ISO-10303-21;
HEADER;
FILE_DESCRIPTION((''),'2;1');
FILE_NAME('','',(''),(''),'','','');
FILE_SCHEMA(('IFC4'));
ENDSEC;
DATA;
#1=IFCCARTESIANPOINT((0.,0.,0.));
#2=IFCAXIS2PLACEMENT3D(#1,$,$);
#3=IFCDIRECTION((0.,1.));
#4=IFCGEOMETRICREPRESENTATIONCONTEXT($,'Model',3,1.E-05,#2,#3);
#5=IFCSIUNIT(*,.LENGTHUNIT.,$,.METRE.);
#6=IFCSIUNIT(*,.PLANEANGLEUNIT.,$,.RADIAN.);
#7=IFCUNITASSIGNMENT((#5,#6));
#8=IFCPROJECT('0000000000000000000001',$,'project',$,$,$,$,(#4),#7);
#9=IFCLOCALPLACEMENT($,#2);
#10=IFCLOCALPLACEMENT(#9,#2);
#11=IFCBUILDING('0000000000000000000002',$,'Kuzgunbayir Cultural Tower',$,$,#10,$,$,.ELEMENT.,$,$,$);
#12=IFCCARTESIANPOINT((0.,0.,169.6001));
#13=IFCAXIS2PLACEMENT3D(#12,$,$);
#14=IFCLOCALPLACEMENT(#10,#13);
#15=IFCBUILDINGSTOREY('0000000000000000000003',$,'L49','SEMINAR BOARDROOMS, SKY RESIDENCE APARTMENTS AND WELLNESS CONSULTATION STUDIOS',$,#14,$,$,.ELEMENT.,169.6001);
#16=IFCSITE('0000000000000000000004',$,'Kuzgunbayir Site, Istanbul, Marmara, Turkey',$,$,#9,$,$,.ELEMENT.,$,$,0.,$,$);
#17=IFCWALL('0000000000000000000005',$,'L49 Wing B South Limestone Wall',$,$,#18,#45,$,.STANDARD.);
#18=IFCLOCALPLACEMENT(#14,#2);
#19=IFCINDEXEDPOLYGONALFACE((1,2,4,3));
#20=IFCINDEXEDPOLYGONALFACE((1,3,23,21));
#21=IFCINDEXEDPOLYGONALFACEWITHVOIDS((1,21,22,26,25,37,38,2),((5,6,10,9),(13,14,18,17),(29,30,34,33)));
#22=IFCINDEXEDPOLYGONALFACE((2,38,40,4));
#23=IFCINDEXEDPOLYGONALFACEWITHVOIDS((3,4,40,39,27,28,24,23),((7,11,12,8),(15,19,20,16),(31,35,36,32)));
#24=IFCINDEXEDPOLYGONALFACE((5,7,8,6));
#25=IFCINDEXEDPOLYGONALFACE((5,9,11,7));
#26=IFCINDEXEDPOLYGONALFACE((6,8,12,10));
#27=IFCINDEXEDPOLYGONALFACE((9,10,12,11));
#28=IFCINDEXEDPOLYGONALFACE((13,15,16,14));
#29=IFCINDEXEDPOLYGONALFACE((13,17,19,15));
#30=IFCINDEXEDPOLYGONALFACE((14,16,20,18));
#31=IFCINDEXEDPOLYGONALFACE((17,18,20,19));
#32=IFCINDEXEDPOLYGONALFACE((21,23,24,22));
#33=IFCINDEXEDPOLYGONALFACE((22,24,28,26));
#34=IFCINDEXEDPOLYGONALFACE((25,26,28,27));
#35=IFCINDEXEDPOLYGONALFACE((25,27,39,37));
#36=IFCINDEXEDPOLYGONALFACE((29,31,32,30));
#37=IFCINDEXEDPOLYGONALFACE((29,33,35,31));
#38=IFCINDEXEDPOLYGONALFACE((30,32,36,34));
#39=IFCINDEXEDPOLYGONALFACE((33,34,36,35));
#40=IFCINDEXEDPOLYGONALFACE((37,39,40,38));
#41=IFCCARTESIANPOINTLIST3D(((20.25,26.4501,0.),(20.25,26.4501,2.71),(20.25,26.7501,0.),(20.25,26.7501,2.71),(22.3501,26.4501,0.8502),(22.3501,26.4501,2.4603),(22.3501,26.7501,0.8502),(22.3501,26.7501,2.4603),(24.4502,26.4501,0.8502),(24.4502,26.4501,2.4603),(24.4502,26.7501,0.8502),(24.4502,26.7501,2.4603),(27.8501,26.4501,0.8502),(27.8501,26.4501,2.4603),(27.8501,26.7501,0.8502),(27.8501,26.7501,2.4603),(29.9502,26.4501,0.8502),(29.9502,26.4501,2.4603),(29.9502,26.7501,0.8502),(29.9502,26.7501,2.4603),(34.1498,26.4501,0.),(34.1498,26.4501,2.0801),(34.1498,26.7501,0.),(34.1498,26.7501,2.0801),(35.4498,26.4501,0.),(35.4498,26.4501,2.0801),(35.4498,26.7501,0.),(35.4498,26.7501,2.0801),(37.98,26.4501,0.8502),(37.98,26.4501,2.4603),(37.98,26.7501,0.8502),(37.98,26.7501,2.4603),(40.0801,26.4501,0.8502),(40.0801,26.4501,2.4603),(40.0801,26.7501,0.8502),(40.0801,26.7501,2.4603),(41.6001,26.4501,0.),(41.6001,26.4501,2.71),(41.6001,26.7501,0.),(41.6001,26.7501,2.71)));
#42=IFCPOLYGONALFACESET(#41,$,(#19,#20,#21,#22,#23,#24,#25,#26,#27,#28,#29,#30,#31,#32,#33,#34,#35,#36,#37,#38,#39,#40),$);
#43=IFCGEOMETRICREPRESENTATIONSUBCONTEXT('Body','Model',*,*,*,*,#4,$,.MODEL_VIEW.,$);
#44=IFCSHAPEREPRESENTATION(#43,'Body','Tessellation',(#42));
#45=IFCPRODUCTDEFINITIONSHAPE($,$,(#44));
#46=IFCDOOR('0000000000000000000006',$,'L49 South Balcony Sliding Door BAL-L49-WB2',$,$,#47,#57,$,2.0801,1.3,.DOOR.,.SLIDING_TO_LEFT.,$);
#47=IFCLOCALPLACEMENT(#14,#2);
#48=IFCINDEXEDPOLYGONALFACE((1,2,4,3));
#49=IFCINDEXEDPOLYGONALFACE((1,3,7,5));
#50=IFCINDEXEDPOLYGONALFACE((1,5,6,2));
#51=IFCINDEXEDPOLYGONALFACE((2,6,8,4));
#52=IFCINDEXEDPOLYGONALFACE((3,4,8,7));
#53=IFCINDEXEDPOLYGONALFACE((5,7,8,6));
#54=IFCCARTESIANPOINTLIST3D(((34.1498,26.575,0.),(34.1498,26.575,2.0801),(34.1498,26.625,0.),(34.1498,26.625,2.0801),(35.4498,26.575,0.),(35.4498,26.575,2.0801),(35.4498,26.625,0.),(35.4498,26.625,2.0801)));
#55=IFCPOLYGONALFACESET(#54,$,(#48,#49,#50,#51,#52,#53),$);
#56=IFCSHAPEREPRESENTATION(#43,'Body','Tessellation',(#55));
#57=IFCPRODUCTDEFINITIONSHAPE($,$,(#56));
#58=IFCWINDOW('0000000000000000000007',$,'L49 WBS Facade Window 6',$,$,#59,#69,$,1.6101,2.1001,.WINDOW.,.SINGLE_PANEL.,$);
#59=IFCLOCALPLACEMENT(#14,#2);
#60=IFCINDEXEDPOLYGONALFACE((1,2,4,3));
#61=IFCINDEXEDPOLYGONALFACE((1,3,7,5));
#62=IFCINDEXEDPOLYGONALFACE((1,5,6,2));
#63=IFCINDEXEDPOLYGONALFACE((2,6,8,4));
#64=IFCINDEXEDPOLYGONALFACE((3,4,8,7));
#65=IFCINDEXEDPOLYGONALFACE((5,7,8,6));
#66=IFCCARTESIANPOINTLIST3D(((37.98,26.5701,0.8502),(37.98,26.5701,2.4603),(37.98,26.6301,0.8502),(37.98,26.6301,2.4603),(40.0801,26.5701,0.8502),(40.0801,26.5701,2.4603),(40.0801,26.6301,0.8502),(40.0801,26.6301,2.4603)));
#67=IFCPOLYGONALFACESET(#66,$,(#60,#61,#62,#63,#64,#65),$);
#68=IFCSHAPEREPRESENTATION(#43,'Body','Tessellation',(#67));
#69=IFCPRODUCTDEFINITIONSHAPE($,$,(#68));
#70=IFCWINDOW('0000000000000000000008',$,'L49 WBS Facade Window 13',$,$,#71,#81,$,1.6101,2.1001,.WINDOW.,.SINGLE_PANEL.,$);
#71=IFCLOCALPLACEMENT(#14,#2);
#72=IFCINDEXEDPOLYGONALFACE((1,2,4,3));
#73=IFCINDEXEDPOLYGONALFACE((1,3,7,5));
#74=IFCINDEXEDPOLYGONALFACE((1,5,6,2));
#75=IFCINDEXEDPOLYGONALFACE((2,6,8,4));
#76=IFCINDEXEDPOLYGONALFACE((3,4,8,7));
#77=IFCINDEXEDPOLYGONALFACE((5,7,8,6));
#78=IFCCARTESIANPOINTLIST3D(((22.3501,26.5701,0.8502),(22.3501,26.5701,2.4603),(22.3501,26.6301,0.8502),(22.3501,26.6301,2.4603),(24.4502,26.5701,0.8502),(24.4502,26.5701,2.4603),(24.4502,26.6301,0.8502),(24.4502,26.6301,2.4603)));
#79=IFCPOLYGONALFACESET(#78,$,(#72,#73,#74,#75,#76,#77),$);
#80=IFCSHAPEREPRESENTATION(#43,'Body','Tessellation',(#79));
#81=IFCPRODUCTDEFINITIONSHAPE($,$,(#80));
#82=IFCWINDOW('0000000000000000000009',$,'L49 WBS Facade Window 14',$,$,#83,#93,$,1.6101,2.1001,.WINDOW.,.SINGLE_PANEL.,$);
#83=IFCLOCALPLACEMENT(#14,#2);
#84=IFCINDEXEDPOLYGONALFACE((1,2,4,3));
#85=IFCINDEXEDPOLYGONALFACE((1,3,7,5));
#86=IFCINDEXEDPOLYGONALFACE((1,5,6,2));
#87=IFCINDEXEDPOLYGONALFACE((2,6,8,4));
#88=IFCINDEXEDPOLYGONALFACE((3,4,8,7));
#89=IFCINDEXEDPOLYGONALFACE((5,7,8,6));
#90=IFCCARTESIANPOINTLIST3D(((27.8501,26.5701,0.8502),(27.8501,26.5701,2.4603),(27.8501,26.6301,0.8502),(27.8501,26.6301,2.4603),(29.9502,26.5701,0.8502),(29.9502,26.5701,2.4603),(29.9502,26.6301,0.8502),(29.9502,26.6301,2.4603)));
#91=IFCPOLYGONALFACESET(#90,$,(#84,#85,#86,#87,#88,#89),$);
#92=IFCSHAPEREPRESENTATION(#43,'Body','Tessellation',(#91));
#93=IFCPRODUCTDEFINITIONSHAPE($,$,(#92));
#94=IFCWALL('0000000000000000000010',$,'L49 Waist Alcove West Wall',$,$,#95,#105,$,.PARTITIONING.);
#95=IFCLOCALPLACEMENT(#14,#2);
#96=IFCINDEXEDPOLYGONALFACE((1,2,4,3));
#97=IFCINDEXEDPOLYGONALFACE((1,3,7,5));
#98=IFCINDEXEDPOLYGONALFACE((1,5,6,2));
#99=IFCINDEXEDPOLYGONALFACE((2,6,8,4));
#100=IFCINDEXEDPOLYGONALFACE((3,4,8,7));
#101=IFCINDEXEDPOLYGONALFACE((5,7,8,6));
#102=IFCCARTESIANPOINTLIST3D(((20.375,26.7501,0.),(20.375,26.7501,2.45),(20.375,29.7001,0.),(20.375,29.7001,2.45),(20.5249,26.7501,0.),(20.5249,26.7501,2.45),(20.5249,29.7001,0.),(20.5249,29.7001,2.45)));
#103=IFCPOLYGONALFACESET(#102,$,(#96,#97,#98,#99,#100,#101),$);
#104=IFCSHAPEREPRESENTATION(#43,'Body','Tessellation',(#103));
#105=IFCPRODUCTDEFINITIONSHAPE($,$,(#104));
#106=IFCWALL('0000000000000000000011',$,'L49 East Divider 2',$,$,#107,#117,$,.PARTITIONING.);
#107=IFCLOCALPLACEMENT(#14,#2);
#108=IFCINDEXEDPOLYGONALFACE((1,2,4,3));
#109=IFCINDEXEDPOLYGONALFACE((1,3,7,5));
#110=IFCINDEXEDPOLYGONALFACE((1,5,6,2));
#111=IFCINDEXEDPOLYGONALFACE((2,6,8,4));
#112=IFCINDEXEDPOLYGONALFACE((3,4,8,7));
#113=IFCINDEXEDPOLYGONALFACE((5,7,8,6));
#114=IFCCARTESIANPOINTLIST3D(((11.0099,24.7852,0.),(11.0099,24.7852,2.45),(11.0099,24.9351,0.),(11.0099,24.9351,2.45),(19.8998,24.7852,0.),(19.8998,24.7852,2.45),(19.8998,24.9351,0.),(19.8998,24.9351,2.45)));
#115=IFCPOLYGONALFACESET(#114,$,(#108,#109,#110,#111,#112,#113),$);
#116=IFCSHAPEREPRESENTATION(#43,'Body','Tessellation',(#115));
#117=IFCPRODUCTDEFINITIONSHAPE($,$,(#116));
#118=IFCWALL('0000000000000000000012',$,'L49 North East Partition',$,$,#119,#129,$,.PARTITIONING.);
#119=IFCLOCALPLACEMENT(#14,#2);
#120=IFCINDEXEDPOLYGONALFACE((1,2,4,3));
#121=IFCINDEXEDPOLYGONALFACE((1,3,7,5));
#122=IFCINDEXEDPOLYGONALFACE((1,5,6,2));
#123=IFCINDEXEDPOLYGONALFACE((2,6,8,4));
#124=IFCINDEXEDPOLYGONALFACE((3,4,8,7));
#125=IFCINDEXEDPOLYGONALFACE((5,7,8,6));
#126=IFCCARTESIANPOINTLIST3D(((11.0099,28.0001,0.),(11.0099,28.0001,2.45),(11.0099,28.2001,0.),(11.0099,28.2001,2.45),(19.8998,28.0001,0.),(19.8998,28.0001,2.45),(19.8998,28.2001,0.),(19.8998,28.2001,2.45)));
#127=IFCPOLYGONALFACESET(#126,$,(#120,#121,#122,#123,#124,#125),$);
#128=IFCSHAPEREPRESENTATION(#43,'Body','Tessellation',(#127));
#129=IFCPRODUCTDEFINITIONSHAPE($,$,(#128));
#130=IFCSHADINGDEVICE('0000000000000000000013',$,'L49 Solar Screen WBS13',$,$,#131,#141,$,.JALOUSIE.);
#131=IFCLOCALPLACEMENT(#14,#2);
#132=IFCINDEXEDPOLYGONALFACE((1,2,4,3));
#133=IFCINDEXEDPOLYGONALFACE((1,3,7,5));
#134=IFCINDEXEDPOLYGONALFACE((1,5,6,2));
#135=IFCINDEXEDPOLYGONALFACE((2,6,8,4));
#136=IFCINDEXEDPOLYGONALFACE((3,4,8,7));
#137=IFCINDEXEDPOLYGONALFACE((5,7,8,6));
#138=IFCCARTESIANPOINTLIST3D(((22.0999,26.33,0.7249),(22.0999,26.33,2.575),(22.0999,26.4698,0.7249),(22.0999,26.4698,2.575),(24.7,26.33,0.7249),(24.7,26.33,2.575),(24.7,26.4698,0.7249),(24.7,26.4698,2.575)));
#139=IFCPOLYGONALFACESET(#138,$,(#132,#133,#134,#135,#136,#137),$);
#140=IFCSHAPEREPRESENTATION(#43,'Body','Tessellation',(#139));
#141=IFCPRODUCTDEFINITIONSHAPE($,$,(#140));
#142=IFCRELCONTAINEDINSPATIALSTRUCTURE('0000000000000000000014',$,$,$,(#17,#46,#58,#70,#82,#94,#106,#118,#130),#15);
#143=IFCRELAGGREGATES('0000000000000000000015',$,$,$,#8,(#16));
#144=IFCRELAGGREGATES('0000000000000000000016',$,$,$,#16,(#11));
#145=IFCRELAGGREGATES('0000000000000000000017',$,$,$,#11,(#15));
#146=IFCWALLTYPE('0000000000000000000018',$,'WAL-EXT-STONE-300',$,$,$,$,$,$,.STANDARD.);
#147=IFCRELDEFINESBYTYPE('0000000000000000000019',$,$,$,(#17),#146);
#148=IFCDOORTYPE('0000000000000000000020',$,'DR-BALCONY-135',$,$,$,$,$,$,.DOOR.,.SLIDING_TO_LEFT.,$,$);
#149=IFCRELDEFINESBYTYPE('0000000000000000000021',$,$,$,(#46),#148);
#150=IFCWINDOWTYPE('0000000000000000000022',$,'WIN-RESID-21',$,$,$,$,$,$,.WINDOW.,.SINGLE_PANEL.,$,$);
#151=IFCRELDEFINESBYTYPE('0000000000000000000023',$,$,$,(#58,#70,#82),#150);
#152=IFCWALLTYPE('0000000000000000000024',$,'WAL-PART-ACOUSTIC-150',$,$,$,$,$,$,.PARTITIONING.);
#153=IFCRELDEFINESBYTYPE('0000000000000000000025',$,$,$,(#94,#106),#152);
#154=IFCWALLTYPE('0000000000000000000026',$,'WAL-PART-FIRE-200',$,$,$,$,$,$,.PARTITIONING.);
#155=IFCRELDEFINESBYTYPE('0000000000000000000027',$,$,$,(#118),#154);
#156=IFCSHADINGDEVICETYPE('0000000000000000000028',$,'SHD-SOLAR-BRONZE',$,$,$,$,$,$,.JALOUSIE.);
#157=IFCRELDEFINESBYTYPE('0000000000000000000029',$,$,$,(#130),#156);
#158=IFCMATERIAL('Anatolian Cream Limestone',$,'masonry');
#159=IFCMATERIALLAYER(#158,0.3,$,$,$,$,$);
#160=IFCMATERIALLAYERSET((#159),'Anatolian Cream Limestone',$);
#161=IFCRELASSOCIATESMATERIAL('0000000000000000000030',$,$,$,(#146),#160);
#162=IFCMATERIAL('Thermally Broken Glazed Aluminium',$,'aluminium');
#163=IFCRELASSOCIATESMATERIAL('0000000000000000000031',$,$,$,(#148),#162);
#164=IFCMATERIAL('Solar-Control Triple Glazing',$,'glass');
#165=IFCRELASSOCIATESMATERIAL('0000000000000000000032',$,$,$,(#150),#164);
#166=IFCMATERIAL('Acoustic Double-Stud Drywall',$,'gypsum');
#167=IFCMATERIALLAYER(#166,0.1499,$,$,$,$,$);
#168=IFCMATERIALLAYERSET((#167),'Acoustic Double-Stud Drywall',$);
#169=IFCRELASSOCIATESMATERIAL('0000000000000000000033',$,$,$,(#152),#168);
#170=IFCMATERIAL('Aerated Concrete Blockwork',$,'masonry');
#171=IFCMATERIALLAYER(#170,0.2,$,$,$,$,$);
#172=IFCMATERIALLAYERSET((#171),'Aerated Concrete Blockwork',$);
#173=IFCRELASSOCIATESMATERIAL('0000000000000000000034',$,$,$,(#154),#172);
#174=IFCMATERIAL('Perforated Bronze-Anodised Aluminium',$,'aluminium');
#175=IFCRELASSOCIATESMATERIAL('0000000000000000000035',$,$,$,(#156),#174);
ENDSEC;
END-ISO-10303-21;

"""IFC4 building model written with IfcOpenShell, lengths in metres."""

from ifc_helpers import new_model, si_unit, direction, frame, frame_2d, origin, origin_2d, place, context, subcontext, project, spatial, rectangle, extrude, material, layer, layer_set, type_object, element, fill, save


model = new_model("IFC4")

# Units and contexts
model_context = context("Model", 3, precision=1e-05, world=origin(), true_north=direction((0.0, 1.0)))
body_context = subcontext(model_context, "Body", "Model", "MODEL_VIEW")
ifc_project = project(units=[si_unit("LENGTHUNIT", "METRE"), si_unit("PLANEANGLEUNIT", "RADIAN")], contexts=[model_context])

# Site, building, storey
site_placement = place(None, origin())
site = spatial("IfcSite", under=ifc_project, at=site_placement, Name="Kuzgunbayir Site, Istanbul, Marmara, Turkey", CompositionType="ELEMENT", RefElevation=0.0)
building_placement = place(site_placement, origin())
building = spatial("IfcBuilding", under=site, at=building_placement, Name="Kuzgunbayir Cultural Tower", CompositionType="ELEMENT")
storey_placement = place(building_placement, frame((0.0, 0.0, 169.6001)))
storey = spatial("IfcBuildingStorey", under=building, at=storey_placement, Name="L49", Description="SEMINAR BOARDROOMS, SKY RESIDENCE APARTMENTS AND WELLNESS CONSULTATION STUDIOS", CompositionType="ELEMENT", Elevation=169.6001)

# Wall, openings, door, windows
ifc_material_1 = material(Name="Anatolian Cream Limestone", Category="masonry")
ifc_layer_1 = layer(ifc_material_1, 0.3)
ifc_layer_set_1 = layer_set([ifc_layer_1], Name="Anatolian Cream Limestone")
wall_type_1 = type_object("IfcWallType", Name="WAL-EXT-STONE-300", PredefinedType="STANDARD", material=ifc_layer_set_1)
wall_1_placement = place(storey_placement, frame((20.25, 26.6001, 0.0), z_axis=(0.0, 0.0, 1.0), x_axis=(1.0, 0.0, 0.0)))
wall_1 = element("IfcWall", 1, at=wall_1_placement, inside=storey, type_object=wall_type_1, Name="L49 Wing B South Limestone Wall", PredefinedType="STANDARD", context=body_context, shape_type="SweptSolid", body=[
    extrude(rectangle(XDim=21.3501, YDim=0.3, at=frame_2d((10.675, 0.0))), origin(), (0.0, 0.0, 1.0), 2.71),
])
opening_1_placement = place(wall_1_placement, frame((13.8999, 0.0, 0.0)))
opening_1 = element("IfcOpeningElement", 2, at=opening_1_placement, cuts=wall_1, PredefinedType="OPENING", context=body_context, shape_type="SweptSolid", body=[
    extrude(rectangle(XDim=1.3, YDim=2.0801, at=frame_2d((0.6499, 1.04))), frame((0.0, 0.1602, 0.0), z_axis=(0.0, -1.0, 0.0), x_axis=(1.0, 0.0, 0.0)), (0.0, 0.0, 1.0), 0.3201),
])
opening_2_placement = place(wall_1_placement, frame((17.73, 0.0, 0.8501)))
opening_2 = element("IfcOpeningElement", 3, at=opening_2_placement, cuts=wall_1, PredefinedType="OPENING", context=body_context, shape_type="SweptSolid", body=[
    extrude(rectangle(XDim=2.1001, YDim=1.6101, at=frame_2d((1.05, 0.8052))), frame((0.0, 0.1602, 0.0), z_axis=(0.0, -1.0, 0.0), x_axis=(1.0, 0.0, 0.0)), (0.0, 0.0, 1.0), 0.3201),
])
opening_3_placement = place(wall_1_placement, frame((2.1001, 0.0, 0.8501)))
opening_3 = element("IfcOpeningElement", 4, at=opening_3_placement, cuts=wall_1, PredefinedType="OPENING", context=body_context, shape_type="SweptSolid", body=[
    extrude(rectangle(XDim=2.1001, YDim=1.6101, at=frame_2d((1.05, 0.8052))), frame((0.0, 0.1602, 0.0), z_axis=(0.0, -1.0, 0.0), x_axis=(1.0, 0.0, 0.0)), (0.0, 0.0, 1.0), 0.3201),
])
opening_4_placement = place(wall_1_placement, frame((7.6001, 0.0, 0.8501)))
opening_4 = element("IfcOpeningElement", 5, at=opening_4_placement, cuts=wall_1, PredefinedType="OPENING", context=body_context, shape_type="SweptSolid", body=[
    extrude(rectangle(XDim=2.1001, YDim=1.6101, at=frame_2d((1.05, 0.8052))), frame((0.0, 0.1602, 0.0), z_axis=(0.0, -1.0, 0.0), x_axis=(1.0, 0.0, 0.0)), (0.0, 0.0, 1.0), 0.3201),
])
ifc_material_2 = material(Name="Thermally Broken Glazed Aluminium", Category="aluminium")
door_type = type_object("IfcDoorType", Name="DR-BALCONY-135", OperationType="SLIDING_TO_LEFT", PredefinedType="DOOR", material=ifc_material_2)
door_placement = place(opening_1_placement, origin())
door = element("IfcDoor", 6, at=door_placement, inside=storey, type_object=door_type, Name="L49 South Balcony Sliding Door BAL-L49-WB2", OperationType="SLIDING_TO_LEFT", OverallHeight=2.0801, OverallWidth=1.3, PredefinedType="DOOR", context=body_context, shape_type="SweptSolid", body=[
    extrude(rectangle(XDim=1.3, YDim=2.0801, at=frame_2d((0.6499, 1.04))), frame((0.0, 0.0249, 0.0), z_axis=(0.0, -1.0, 0.0), x_axis=(1.0, 0.0, 0.0)), (0.0, 0.0, 1.0), 0.05),
])
fill(opening_1, door)
ifc_material_3 = material(Name="Solar-Control Triple Glazing", Category="glass")
window_type = type_object("IfcWindowType", Name="WIN-RESID-21", PartitioningType="SINGLE_PANEL", PredefinedType="WINDOW", material=ifc_material_3)
window_1_placement = place(opening_2_placement, origin())
window_1 = element("IfcWindow", 7, at=window_1_placement, inside=storey, type_object=window_type, Name="L49 WBS Facade Window 6", OverallHeight=1.6101, OverallWidth=2.1001, PartitioningType="SINGLE_PANEL", PredefinedType="WINDOW", context=body_context, shape_type="SweptSolid", body=[
    extrude(rectangle(XDim=2.1001, YDim=1.6101, at=frame_2d((1.05, 0.8052))), frame((0.0, 0.03, 0.0), z_axis=(0.0, -1.0, 0.0), x_axis=(1.0, 0.0, 0.0)), (0.0, 0.0, 1.0), 0.0601),
])
fill(opening_2, window_1)
window_2_placement = place(opening_3_placement, origin())
window_2 = element("IfcWindow", 8, at=window_2_placement, inside=storey, type_object=window_type, Name="L49 WBS Facade Window 13", OverallHeight=1.6101, OverallWidth=2.1001, PartitioningType="SINGLE_PANEL", PredefinedType="WINDOW", context=body_context, shape_type="SweptSolid", body=[
    extrude(rectangle(XDim=2.1001, YDim=1.6101, at=frame_2d((1.05, 0.8052))), frame((0.0, 0.03, 0.0), z_axis=(0.0, -1.0, 0.0), x_axis=(1.0, 0.0, 0.0)), (0.0, 0.0, 1.0), 0.0601),
])
fill(opening_3, window_2)
window_3_placement = place(opening_4_placement, origin())
window_3 = element("IfcWindow", 9, at=window_3_placement, inside=storey, type_object=window_type, Name="L49 WBS Facade Window 14", OverallHeight=1.6101, OverallWidth=2.1001, PartitioningType="SINGLE_PANEL", PredefinedType="WINDOW", context=body_context, shape_type="SweptSolid", body=[
    extrude(rectangle(XDim=2.1001, YDim=1.6101, at=frame_2d((1.05, 0.8052))), frame((0.0, 0.03, 0.0), z_axis=(0.0, -1.0, 0.0), x_axis=(1.0, 0.0, 0.0)), (0.0, 0.0, 1.0), 0.0601),
])
fill(opening_4, window_3)

# Walls
ifc_material_4 = material(Name="Acoustic Double-Stud Drywall", Category="gypsum")
ifc_layer_2 = layer(ifc_material_4, 0.1499)
ifc_layer_set_2 = layer_set([ifc_layer_2], Name="Acoustic Double-Stud Drywall")
wall_type_2 = type_object("IfcWallType", Name="WAL-PART-ACOUSTIC-150", PredefinedType="PARTITIONING", material=ifc_layer_set_2)
wall_2_placement = place(storey_placement, frame((20.45, 26.75, 0.0), z_axis=(0.0, 0.0, 1.0), x_axis=(0.0, 1.0, 0.0)))
element("IfcWall", 10, at=wall_2_placement, inside=storey, type_object=wall_type_2, Name="L49 Waist Alcove West Wall", PredefinedType="PARTITIONING", context=body_context, shape_type="SweptSolid", body=[
    extrude(rectangle(XDim=2.95, YDim=0.1499, at=frame_2d((1.4751, 0.0))), origin(), (0.0, 0.0, 1.0), 2.45),
])
wall_3_placement = place(storey_placement, frame((11.01, 24.8601, 0.0), z_axis=(0.0, 0.0, 1.0), x_axis=(1.0, 0.0, 0.0)))
element("IfcWall", 11, at=wall_3_placement, inside=storey, type_object=wall_type_2, Name="L49 East Divider 2", PredefinedType="PARTITIONING", context=body_context, shape_type="SweptSolid", body=[
    extrude(rectangle(XDim=8.8899, YDim=0.1499, at=frame_2d((4.4448, 0.0))), origin(), (0.0, 0.0, 1.0), 2.45),
])
ifc_material_5 = material(Name="Aerated Concrete Blockwork", Category="masonry")
ifc_layer_3 = layer(ifc_material_5, 0.2)
ifc_layer_set_3 = layer_set([ifc_layer_3], Name="Aerated Concrete Blockwork")
wall_type_3 = type_object("IfcWallType", Name="WAL-PART-FIRE-200", PredefinedType="PARTITIONING", material=ifc_layer_set_3)
wall_4_placement = place(storey_placement, frame((11.01, 28.1001, 0.0), z_axis=(0.0, 0.0, 1.0), x_axis=(1.0, 0.0, 0.0)))
element("IfcWall", 12, at=wall_4_placement, inside=storey, type_object=wall_type_3, Name="L49 North East Partition", PredefinedType="PARTITIONING", context=body_context, shape_type="SweptSolid", body=[
    extrude(rectangle(XDim=8.8899, YDim=0.2, at=frame_2d((4.4448, 0.0))), origin(), (0.0, 0.0, 1.0), 2.45),
])

# Shading device
ifc_material_6 = material(Name="Perforated Bronze-Anodised Aluminium", Category="aluminium")
shading_device_type = type_object("IfcShadingDeviceType", Name="SHD-SOLAR-BRONZE", PredefinedType="JALOUSIE", material=ifc_material_6)
shading_device_placement = place(storey_placement, frame((23.3999, 26.3999, 0.7249), z_axis=(0.0, 0.0, 1.0), x_axis=(1.0, 0.0, 0.0)))
element("IfcShadingDevice", 13, at=shading_device_placement, inside=storey, type_object=shading_device_type, Name="L49 Solar Screen WBS13", PredefinedType="JALOUSIE", context=body_context, shape_type="SweptSolid", body=[
    extrude(rectangle(XDim=2.6001, YDim=0.1399, at=origin_2d()), origin(), (0.0, 0.0, 1.0), 1.8501),
])

save(model, "model.ifc")
